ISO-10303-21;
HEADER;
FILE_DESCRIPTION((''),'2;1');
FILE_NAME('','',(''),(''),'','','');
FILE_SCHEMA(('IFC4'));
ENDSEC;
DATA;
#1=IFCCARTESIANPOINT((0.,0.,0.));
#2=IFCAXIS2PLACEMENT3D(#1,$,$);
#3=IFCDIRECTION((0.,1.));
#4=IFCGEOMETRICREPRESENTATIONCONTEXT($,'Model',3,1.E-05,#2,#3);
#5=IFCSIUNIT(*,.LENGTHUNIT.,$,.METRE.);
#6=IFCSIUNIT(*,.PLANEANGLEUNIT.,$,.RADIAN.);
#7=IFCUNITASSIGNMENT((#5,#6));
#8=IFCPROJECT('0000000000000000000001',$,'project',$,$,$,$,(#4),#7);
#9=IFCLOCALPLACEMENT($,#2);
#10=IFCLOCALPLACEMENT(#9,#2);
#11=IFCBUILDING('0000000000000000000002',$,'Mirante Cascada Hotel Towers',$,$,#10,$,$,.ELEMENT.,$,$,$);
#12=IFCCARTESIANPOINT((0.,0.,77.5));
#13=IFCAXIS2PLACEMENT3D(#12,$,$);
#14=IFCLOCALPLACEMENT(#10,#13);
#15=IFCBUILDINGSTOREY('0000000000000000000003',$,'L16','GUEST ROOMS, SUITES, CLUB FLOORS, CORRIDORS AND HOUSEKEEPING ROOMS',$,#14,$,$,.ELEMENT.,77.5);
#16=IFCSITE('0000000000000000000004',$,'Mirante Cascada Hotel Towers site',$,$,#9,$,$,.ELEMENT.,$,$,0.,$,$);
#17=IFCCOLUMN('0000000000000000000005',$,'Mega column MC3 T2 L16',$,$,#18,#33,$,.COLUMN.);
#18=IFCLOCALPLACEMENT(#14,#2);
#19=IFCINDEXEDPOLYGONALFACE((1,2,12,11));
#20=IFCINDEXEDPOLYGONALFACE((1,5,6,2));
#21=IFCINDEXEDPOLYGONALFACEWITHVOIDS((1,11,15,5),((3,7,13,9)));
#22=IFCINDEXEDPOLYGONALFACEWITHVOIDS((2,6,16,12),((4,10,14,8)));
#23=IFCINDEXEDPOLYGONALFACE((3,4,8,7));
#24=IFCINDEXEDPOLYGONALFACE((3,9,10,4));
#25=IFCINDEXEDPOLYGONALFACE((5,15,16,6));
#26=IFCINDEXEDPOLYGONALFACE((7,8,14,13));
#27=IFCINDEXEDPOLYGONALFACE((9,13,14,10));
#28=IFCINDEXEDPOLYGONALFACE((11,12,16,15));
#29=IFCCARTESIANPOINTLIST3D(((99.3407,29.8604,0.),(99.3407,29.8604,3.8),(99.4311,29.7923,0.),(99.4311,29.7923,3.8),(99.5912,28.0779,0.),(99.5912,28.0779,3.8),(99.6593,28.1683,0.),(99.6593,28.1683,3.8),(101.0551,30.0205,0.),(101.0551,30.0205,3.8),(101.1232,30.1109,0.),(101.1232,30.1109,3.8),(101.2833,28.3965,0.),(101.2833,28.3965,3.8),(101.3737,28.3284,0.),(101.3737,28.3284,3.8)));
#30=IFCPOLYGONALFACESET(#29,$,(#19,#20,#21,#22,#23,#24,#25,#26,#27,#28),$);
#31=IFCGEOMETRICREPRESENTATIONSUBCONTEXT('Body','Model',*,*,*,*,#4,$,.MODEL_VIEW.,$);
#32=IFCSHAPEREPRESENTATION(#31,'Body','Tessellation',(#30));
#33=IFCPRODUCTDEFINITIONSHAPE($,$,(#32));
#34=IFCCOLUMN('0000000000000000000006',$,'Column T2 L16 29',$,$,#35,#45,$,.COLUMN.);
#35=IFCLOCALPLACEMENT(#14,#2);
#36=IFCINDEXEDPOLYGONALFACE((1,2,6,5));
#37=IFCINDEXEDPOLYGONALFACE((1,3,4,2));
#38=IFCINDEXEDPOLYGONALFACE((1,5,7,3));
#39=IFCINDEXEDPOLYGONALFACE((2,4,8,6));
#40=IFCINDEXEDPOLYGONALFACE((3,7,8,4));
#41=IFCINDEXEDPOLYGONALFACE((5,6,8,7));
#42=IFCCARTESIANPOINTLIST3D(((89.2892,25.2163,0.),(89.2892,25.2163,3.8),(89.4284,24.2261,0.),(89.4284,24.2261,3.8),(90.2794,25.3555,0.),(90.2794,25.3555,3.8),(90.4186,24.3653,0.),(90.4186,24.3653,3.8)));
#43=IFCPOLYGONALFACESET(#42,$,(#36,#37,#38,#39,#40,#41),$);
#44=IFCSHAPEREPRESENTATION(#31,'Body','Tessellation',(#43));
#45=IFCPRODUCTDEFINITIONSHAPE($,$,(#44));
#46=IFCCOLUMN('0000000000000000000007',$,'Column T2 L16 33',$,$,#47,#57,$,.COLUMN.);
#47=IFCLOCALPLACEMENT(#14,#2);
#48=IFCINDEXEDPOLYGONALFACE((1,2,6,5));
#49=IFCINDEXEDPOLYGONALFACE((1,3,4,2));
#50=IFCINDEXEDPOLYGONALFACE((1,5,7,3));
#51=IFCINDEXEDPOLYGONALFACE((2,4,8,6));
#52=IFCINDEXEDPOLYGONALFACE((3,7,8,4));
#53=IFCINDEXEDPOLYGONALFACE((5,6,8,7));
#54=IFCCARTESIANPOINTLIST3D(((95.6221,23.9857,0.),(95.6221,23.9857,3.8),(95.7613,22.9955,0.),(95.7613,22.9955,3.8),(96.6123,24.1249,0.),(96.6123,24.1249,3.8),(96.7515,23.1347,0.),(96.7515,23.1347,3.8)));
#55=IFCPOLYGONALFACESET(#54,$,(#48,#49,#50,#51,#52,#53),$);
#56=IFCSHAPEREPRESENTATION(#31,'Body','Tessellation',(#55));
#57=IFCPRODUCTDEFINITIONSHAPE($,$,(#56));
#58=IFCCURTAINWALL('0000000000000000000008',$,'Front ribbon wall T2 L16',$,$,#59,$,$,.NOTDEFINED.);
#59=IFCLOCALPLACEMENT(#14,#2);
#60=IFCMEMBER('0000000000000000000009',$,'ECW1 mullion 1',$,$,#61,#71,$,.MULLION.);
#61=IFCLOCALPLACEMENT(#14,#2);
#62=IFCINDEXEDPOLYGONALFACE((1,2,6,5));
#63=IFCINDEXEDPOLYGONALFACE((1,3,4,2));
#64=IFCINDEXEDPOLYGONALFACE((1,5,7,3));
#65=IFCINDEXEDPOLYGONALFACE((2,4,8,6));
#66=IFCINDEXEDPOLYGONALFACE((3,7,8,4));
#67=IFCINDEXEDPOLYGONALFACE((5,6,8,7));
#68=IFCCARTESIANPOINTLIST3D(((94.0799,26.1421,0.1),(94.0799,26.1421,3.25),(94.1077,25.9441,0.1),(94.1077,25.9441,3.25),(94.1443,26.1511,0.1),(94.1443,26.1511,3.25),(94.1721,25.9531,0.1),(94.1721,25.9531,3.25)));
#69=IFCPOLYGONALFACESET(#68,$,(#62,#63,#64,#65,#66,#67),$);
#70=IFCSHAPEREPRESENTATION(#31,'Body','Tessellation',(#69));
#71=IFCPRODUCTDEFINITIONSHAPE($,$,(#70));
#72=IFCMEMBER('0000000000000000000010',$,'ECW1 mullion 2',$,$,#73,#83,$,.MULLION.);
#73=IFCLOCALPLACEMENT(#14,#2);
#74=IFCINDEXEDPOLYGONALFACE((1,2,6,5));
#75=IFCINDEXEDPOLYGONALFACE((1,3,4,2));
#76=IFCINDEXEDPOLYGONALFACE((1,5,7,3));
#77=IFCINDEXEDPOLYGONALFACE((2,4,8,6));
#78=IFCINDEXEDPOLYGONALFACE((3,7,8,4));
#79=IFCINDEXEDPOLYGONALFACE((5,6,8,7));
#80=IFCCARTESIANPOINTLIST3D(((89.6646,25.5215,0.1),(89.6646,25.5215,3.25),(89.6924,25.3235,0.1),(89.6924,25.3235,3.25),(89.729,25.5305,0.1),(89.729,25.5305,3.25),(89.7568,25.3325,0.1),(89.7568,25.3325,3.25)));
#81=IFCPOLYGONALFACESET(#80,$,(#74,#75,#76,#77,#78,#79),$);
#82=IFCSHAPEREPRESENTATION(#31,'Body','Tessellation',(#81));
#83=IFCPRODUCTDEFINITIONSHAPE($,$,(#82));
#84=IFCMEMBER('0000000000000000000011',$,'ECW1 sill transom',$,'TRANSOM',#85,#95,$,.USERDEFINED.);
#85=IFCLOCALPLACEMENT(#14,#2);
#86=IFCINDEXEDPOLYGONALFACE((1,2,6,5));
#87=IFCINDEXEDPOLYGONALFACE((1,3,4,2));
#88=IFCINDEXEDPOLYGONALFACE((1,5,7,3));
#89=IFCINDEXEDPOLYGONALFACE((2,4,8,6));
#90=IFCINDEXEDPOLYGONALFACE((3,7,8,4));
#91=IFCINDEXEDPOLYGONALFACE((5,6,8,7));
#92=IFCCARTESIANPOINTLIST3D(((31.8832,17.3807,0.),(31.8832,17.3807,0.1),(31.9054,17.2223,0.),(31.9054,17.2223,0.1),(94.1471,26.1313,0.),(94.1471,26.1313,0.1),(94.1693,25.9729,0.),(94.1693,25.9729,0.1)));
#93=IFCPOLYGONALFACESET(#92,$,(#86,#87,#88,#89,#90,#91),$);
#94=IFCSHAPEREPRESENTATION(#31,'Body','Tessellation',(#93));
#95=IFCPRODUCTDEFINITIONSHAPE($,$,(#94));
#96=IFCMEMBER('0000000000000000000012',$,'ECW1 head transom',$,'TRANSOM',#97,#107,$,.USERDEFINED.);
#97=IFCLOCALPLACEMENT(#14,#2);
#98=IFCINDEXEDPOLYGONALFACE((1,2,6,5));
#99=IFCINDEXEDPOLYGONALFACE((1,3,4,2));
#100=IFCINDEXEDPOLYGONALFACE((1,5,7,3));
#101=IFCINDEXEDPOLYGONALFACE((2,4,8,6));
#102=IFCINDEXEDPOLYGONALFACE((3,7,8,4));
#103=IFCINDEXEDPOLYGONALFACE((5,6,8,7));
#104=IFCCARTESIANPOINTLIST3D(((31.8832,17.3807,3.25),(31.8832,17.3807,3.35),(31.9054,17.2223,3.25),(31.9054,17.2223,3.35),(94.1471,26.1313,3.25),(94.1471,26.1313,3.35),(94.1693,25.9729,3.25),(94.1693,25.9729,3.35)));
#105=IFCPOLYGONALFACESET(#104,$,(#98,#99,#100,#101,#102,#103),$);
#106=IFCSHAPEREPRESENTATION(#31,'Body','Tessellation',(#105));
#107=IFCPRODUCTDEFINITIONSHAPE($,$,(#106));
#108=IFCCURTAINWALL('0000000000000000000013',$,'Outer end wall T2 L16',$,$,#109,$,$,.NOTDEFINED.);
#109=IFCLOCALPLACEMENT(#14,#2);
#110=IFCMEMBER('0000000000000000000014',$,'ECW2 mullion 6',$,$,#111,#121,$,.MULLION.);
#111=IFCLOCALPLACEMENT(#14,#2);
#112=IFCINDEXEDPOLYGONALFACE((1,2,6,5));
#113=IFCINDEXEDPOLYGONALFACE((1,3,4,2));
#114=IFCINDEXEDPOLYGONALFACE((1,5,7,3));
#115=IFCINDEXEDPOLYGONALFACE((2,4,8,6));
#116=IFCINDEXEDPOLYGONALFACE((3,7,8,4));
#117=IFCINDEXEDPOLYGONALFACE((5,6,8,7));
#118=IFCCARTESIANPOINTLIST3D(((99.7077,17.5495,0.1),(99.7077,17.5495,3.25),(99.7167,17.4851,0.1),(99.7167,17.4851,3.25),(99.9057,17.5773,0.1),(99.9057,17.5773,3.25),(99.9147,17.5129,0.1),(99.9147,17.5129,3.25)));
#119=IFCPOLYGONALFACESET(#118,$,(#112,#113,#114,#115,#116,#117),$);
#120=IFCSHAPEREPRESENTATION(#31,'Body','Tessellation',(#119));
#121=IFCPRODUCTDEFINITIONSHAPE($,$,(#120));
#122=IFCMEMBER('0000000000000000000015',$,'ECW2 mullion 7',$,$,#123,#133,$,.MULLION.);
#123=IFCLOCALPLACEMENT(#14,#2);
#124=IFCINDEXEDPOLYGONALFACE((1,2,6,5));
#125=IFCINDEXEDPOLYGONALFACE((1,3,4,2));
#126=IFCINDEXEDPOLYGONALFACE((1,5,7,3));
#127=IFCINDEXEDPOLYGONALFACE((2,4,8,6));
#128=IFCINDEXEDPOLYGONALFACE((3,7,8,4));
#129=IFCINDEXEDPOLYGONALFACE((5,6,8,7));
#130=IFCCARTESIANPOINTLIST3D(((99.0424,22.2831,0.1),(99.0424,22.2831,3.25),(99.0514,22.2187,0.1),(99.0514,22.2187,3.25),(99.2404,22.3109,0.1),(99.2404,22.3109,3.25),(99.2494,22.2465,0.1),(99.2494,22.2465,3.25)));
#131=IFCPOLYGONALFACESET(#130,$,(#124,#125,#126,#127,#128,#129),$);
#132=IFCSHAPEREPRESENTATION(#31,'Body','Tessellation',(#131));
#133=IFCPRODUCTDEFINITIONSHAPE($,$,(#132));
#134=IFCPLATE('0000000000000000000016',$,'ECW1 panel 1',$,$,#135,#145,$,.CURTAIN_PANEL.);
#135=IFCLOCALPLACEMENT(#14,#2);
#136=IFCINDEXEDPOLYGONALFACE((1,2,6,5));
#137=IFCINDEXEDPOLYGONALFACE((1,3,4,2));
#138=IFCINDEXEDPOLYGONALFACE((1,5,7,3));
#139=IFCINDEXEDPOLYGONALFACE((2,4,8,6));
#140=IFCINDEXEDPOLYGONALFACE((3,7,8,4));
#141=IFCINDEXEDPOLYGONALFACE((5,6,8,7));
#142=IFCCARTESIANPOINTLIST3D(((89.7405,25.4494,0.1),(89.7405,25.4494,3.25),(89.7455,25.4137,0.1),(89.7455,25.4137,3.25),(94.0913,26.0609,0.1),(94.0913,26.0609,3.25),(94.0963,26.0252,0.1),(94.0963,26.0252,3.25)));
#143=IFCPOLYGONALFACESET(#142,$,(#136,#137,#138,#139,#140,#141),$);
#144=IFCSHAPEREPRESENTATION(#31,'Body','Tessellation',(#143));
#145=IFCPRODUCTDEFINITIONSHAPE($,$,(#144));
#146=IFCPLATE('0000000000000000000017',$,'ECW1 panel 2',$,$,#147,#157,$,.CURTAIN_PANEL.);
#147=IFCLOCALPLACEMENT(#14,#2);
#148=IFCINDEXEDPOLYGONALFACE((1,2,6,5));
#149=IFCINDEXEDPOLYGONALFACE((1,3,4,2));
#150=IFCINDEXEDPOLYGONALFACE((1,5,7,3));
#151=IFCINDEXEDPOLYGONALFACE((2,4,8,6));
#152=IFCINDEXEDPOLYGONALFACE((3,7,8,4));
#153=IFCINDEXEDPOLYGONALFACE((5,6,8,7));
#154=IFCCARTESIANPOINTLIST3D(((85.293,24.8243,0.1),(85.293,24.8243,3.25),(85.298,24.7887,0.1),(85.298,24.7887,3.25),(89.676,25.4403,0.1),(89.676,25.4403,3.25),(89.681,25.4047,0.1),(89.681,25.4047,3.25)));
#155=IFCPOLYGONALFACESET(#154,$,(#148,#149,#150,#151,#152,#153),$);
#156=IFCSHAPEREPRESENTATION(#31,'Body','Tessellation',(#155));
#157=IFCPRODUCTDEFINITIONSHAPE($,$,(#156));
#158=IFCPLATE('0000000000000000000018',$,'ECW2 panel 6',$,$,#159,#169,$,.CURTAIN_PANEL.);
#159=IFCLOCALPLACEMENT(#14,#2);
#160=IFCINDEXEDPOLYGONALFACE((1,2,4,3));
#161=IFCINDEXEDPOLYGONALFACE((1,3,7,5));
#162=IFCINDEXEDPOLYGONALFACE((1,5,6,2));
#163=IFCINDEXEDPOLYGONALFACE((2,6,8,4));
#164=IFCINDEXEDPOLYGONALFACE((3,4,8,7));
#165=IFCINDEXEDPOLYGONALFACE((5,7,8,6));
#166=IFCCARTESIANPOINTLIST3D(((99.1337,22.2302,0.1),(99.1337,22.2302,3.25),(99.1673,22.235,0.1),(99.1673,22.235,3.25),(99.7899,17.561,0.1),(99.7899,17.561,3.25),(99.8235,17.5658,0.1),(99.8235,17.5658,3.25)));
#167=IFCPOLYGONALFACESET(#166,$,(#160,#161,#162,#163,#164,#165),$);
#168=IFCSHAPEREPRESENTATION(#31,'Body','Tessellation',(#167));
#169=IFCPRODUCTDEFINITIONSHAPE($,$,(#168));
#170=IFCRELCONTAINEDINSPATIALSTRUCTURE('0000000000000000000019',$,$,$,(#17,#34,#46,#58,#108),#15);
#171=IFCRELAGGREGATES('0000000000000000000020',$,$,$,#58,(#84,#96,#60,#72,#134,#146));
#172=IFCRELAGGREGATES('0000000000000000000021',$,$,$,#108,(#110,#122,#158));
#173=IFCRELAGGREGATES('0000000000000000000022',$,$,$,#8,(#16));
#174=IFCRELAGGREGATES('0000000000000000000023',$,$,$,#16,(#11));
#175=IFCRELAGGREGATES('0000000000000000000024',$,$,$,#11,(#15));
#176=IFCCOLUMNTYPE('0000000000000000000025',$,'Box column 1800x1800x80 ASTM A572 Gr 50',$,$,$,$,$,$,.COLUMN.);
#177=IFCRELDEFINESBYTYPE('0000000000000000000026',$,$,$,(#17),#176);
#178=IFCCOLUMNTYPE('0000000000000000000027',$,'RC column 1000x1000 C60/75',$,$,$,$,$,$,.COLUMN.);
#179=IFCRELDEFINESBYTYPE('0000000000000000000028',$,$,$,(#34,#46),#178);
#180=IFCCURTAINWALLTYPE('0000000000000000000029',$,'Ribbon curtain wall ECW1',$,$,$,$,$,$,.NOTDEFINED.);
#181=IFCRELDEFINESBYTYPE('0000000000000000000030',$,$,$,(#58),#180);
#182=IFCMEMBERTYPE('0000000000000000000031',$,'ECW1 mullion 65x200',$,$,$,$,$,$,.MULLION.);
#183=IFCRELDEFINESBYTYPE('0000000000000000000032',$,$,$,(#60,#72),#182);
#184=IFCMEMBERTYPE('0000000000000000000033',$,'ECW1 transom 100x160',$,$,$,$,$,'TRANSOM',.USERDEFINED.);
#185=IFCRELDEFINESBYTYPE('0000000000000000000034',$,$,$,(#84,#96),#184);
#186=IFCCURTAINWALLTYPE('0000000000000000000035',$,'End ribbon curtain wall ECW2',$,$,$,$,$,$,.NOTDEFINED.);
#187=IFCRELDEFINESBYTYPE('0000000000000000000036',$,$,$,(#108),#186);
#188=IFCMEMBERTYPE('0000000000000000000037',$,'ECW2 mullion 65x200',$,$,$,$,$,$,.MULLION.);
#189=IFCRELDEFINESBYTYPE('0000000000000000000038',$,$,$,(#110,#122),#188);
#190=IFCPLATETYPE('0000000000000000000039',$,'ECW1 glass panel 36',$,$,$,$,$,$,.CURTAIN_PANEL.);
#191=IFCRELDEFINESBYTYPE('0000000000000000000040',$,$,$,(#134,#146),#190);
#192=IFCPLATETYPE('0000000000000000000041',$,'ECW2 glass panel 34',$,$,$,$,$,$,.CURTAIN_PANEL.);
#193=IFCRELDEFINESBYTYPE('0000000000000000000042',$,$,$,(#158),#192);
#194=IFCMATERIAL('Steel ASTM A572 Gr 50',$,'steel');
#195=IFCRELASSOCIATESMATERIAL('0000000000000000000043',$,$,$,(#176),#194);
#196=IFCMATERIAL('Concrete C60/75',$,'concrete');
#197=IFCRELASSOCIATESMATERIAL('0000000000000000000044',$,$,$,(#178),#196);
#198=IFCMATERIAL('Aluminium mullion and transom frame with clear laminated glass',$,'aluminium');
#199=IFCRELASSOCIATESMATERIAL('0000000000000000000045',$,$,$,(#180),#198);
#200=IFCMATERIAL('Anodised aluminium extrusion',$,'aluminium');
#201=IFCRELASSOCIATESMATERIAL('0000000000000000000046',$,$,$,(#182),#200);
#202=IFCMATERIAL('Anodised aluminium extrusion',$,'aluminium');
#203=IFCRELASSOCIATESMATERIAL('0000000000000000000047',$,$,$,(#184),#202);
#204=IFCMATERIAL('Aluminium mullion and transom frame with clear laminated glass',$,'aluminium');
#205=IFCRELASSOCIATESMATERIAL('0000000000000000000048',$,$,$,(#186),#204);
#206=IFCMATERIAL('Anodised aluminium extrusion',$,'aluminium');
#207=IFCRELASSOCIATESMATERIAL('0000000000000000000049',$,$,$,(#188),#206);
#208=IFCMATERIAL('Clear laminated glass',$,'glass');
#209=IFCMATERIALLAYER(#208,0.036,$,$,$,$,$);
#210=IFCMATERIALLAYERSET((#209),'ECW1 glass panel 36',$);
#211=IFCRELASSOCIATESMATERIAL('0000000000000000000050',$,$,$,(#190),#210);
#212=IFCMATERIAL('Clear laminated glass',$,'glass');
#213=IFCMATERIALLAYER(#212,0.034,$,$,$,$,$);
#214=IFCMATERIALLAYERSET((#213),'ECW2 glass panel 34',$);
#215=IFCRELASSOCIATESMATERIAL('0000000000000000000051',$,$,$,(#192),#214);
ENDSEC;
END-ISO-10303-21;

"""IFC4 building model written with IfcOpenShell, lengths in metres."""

from ifc_helpers import new_model, si_unit, direction, frame, origin, origin_2d, place, context, subcontext, project, spatial, rectangle, hollow_rectangle, extrude, material, layer, layer_set, material_profile, profile_set, type_object, element, aggregate, save


model = new_model("IFC4")

# Units and contexts
model_context = context("Model", 3, precision=1e-05, world=origin(), true_north=direction((0.0, 1.0)))
body_context = subcontext(model_context, "Body", "Model", "MODEL_VIEW")
ifc_project = project(units=[si_unit("LENGTHUNIT", "METRE"), si_unit("PLANEANGLEUNIT", "RADIAN")], contexts=[model_context])

# Site, building, storey
site_placement = place(None, origin())
site = spatial("IfcSite", under=ifc_project, at=site_placement, Name="Mirante Cascada Hotel Towers site", CompositionType="ELEMENT", RefElevation=0.0)
building_placement = place(site_placement, origin())
building = spatial("IfcBuilding", under=site, at=building_placement, Name="Mirante Cascada Hotel Towers", CompositionType="ELEMENT")
storey_placement = place(building_placement, frame((0.0, 0.0, 77.5)))
storey = spatial("IfcBuildingStorey", under=building, at=storey_placement, Name="L16", Description="GUEST ROOMS, SUITES, CLUB FLOORS, CORRIDORS AND HOUSEKEEPING ROOMS", CompositionType="ELEMENT", Elevation=77.5)

# Columns
ifc_material_1 = material(Name="Steel ASTM A572 Gr 50", Category="steel")
ifc_material_profile_1 = material_profile(ifc_material_1, hollow_rectangle(XDim=1.8, YDim=1.8, WallThickness=0.08, at=origin_2d()), Name="Box column 1800x1800x80 ASTM A572 Gr 50")
ifc_profile_set_1 = profile_set([ifc_material_profile_1], Name="Steel ASTM A572 Gr 50")
column_type_1 = type_object("IfcColumnType", Name="Box column 1800x1800x80 ASTM A572 Gr 50", PredefinedType="COLUMN", material=ifc_profile_set_1)
column_placement = place(storey_placement, frame((100.3572, 29.0944, 0.0), z_axis=(0.0, 0.0, 1.0), x_axis=(0.990268, 0.139173, 0.0)))
element("IfcColumn", 1, at=column_placement, inside=storey, type_object=column_type_1, Name="Mega column MC3 T2 L16", PredefinedType="COLUMN", context=body_context, shape_type="SweptSolid", body=[
    extrude(hollow_rectangle(XDim=1.8, YDim=1.8, WallThickness=0.08, at=origin_2d()), origin(), (0.0, 0.0, 1.0), 3.8),
])
ifc_material_2 = material(Name="Concrete C60/75", Category="concrete")
ifc_material_profile_2 = material_profile(ifc_material_2, rectangle(XDim=1.0, YDim=1.0, at=origin_2d()), Name="RC column 1000x1000 C60/75")
ifc_profile_set_2 = profile_set([ifc_material_profile_2], Name="Concrete C60/75")
column_type_2 = type_object("IfcColumnType", Name="RC column 1000x1000 C60/75", PredefinedType="COLUMN", material=ifc_profile_set_2)
for number, where, z_axis, x_axis, name in (
    (2, (89.8539, 24.7908, 0.0), (0.0, 0.0, 1.0), (0.990268, 0.139173, 0.0), "Column T2 L16 29"),
    (3, (96.1868, 23.5602, 0.0), (0.0, 0.0, 1.0), (0.990268, 0.139173, 0.0), "Column T2 L16 33"),
):
    element("IfcColumn", number, at=place(storey_placement, frame(where, z_axis=z_axis, x_axis=x_axis)), inside=storey, type_object=column_type_2, Name=name, PredefinedType="COLUMN", context=body_context, shape_type="SweptSolid", body=[
        extrude(rectangle(XDim=1.0, YDim=1.0, at=origin_2d()), origin(), (0.0, 0.0, 1.0), 3.8),
    ])

# Curtain walls, members
ifc_material_3 = material(Name="Aluminium mullion and transom frame with clear laminated glass", Category="aluminium")
curtain_wall_type_1 = type_object("IfcCurtainWallType", Name="Ribbon curtain wall ECW1", PredefinedType="NOTDEFINED", material=ifc_material_3)
curtain_wall_1_placement = place(storey_placement, origin())
curtain_wall_1 = element("IfcCurtainWall", 4, at=curtain_wall_1_placement, inside=storey, type_object=curtain_wall_type_1, Name="Front ribbon wall T2 L16", PredefinedType="NOTDEFINED")
ifc_material_4 = material(Name="Anodised aluminium extrusion", Category="aluminium")
ifc_material_profile_3 = material_profile(ifc_material_4, rectangle(XDim=0.2, YDim=0.065, at=origin_2d()), Name="ECW1 MULLION 65x200")
ifc_profile_set_3 = profile_set([ifc_material_profile_3], Name="Anodised aluminium extrusion")
member_type_1 = type_object("IfcMemberType", Name="ECW1 mullion 65x200", PredefinedType="MULLION", material=ifc_profile_set_3)
member_1_placement = place(storey_placement, frame((94.126, 26.0476, 0.1), z_axis=(0.0, 0.0, 1.0), x_axis=(0.139173, -0.990268, 0.0)))
member_1 = element("IfcMember", 5, at=member_1_placement, type_object=member_type_1, Name="ECW1 mullion 1", PredefinedType="MULLION", context=body_context, shape_type="SweptSolid", body=[
    extrude(rectangle(XDim=0.2, YDim=0.065, at=origin_2d()), origin(), (0.0, 0.0, 1.0), 3.15),
])
member_2_placement = place(storey_placement, frame((89.7107, 25.427, 0.1), z_axis=(0.0, 0.0, 1.0), x_axis=(0.139173, -0.990268, 0.0)))
member_2 = element("IfcMember", 6, at=member_2_placement, type_object=member_type_1, Name="ECW1 mullion 2", PredefinedType="MULLION", context=body_context, shape_type="SweptSolid", body=[
    extrude(rectangle(XDim=0.2, YDim=0.065, at=origin_2d()), origin(), (0.0, 0.0, 1.0), 3.15),
])
ifc_material_5 = material(Name="Anodised aluminium extrusion", Category="aluminium")
ifc_material_profile_4 = material_profile(ifc_material_5, rectangle(XDim=0.16, YDim=0.1, at=origin_2d()), Name="ECW1 TRANSOM 100x160")
ifc_profile_set_4 = profile_set([ifc_material_profile_4], Name="Anodised aluminium extrusion")
member_type_2 = type_object("IfcMemberType", Name="ECW1 transom 100x160", ElementType="TRANSOM", PredefinedType="USERDEFINED", material=ifc_profile_set_4)
member_3_placement = place(storey_placement, frame((94.1582, 26.0521, 0.05), z_axis=(-0.990268, -0.139173, 0.0), x_axis=(0.139173, -0.990268, 0.0)))
member_3 = element("IfcMember", 7, at=member_3_placement, type_object=member_type_2, Name="ECW1 sill transom", ObjectType="TRANSOM", PredefinedType="USERDEFINED", context=body_context, shape_type="SweptSolid", body=[
    extrude(rectangle(XDim=0.16, YDim=0.1, at=origin_2d()), origin(), (0.0, 0.0, 1.0), 62.8758),
])
member_4_placement = place(storey_placement, frame((94.1582, 26.0521, 3.3), z_axis=(-0.990268, -0.139173, 0.0), x_axis=(0.139173, -0.990268, 0.0)))
member_4 = element("IfcMember", 8, at=member_4_placement, type_object=member_type_2, Name="ECW1 head transom", ObjectType="TRANSOM", PredefinedType="USERDEFINED", context=body_context, shape_type="SweptSolid", body=[
    extrude(rectangle(XDim=0.16, YDim=0.1, at=origin_2d()), origin(), (0.0, 0.0, 1.0), 62.8758),
])
ifc_material_6 = material(Name="Aluminium mullion and transom frame with clear laminated glass", Category="aluminium")
curtain_wall_type_2 = type_object("IfcCurtainWallType", Name="End ribbon curtain wall ECW2", PredefinedType="NOTDEFINED", material=ifc_material_6)
curtain_wall_2_placement = place(storey_placement, origin())
curtain_wall_2 = element("IfcCurtainWall", 9, at=curtain_wall_2_placement, inside=storey, type_object=curtain_wall_type_2, Name="Outer end wall T2 L16", PredefinedType="NOTDEFINED")
ifc_material_7 = material(Name="Anodised aluminium extrusion", Category="aluminium")
ifc_material_profile_5 = material_profile(ifc_material_7, rectangle(XDim=0.2, YDim=0.065, at=origin_2d()), Name="ECW2 MULLION 65x200")
ifc_profile_set_5 = profile_set([ifc_material_profile_5], Name="Anodised aluminium extrusion")
member_type_3 = type_object("IfcMemberType", Name="ECW2 mullion 65x200", PredefinedType="MULLION", material=ifc_profile_set_5)
member_5_placement = place(storey_placement, frame((99.8112, 17.5312, 0.1), z_axis=(0.0, 0.0, 1.0), x_axis=(-0.990268, -0.139173, 0.0)))
member_5 = element("IfcMember", 10, at=member_5_placement, type_object=member_type_3, Name="ECW2 mullion 6", PredefinedType="MULLION", context=body_context, shape_type="SweptSolid", body=[
    extrude(rectangle(XDim=0.2, YDim=0.065, at=origin_2d()), origin(), (0.0, 0.0, 1.0), 3.15),
])
member_6_placement = place(storey_placement, frame((99.1459, 22.2648, 0.1), z_axis=(0.0, 0.0, 1.0), x_axis=(-0.990268, -0.139173, 0.0)))
member_6 = element("IfcMember", 11, at=member_6_placement, type_object=member_type_3, Name="ECW2 mullion 7", PredefinedType="MULLION", context=body_context, shape_type="SweptSolid", body=[
    extrude(rectangle(XDim=0.2, YDim=0.065, at=origin_2d()), origin(), (0.0, 0.0, 1.0), 3.15),
])

# Plates
ifc_material_8 = material(Name="Clear laminated glass", Category="glass")
ifc_layer_1 = layer(ifc_material_8, 0.036)
ifc_layer_set_1 = layer_set([ifc_layer_1], Name="ECW1 glass panel 36")
plate_type_1 = type_object("IfcPlateType", Name="ECW1 glass panel 36", PredefinedType="CURTAIN_PANEL", material=ifc_layer_set_1)
plate_1_placement = place(storey_placement, frame((91.9184, 25.7373, 0.1), z_axis=(0.0, 0.0, 1.0), x_axis=(-0.990268, -0.139173, 0.0)))
plate_1 = element("IfcPlate", 12, at=plate_1_placement, type_object=plate_type_1, Name="ECW1 panel 1", PredefinedType="CURTAIN_PANEL", context=body_context, shape_type="SweptSolid", body=[
    extrude(rectangle(XDim=4.3936, YDim=0.036, at=origin_2d()), origin(), (0.0, 0.0, 1.0), 3.15),
])
plate_2_placement = place(storey_placement, frame((87.487, 25.1145, 0.1), z_axis=(0.0, 0.0, 1.0), x_axis=(-0.990268, -0.139173, 0.0)))
plate_2 = element("IfcPlate", 13, at=plate_2_placement, type_object=plate_type_1, Name="ECW1 panel 2", PredefinedType="CURTAIN_PANEL", context=body_context, shape_type="SweptSolid", body=[
    extrude(rectangle(XDim=4.4261, YDim=0.036, at=origin_2d()), origin(), (0.0, 0.0, 1.0), 3.15),
])
aggregate(curtain_wall_1, [member_3, member_4, member_1, member_2, plate_1, plate_2])
ifc_material_9 = material(Name="Clear laminated glass", Category="glass")
ifc_layer_2 = layer(ifc_material_9, 0.034)
ifc_layer_set_2 = layer_set([ifc_layer_2], Name="ECW2 glass panel 34")
plate_type_2 = type_object("IfcPlateType", Name="ECW2 glass panel 34", PredefinedType="CURTAIN_PANEL", material=ifc_layer_set_2)
plate_3_placement = place(storey_placement, frame((99.4786, 19.898, 0.1), z_axis=(0.0, 0.0, 1.0), x_axis=(-0.139173, 0.990268, 0.0)))
plate_3 = element("IfcPlate", 14, at=plate_3_placement, type_object=plate_type_2, Name="ECW2 panel 6", PredefinedType="CURTAIN_PANEL", context=body_context, shape_type="SweptSolid", body=[
    extrude(rectangle(XDim=4.7151, YDim=0.034, at=origin_2d()), origin(), (0.0, 0.0, 1.0), 3.15),
])
aggregate(curtain_wall_2, [member_5, member_6, plate_3])

save(model, "model.ifc")
